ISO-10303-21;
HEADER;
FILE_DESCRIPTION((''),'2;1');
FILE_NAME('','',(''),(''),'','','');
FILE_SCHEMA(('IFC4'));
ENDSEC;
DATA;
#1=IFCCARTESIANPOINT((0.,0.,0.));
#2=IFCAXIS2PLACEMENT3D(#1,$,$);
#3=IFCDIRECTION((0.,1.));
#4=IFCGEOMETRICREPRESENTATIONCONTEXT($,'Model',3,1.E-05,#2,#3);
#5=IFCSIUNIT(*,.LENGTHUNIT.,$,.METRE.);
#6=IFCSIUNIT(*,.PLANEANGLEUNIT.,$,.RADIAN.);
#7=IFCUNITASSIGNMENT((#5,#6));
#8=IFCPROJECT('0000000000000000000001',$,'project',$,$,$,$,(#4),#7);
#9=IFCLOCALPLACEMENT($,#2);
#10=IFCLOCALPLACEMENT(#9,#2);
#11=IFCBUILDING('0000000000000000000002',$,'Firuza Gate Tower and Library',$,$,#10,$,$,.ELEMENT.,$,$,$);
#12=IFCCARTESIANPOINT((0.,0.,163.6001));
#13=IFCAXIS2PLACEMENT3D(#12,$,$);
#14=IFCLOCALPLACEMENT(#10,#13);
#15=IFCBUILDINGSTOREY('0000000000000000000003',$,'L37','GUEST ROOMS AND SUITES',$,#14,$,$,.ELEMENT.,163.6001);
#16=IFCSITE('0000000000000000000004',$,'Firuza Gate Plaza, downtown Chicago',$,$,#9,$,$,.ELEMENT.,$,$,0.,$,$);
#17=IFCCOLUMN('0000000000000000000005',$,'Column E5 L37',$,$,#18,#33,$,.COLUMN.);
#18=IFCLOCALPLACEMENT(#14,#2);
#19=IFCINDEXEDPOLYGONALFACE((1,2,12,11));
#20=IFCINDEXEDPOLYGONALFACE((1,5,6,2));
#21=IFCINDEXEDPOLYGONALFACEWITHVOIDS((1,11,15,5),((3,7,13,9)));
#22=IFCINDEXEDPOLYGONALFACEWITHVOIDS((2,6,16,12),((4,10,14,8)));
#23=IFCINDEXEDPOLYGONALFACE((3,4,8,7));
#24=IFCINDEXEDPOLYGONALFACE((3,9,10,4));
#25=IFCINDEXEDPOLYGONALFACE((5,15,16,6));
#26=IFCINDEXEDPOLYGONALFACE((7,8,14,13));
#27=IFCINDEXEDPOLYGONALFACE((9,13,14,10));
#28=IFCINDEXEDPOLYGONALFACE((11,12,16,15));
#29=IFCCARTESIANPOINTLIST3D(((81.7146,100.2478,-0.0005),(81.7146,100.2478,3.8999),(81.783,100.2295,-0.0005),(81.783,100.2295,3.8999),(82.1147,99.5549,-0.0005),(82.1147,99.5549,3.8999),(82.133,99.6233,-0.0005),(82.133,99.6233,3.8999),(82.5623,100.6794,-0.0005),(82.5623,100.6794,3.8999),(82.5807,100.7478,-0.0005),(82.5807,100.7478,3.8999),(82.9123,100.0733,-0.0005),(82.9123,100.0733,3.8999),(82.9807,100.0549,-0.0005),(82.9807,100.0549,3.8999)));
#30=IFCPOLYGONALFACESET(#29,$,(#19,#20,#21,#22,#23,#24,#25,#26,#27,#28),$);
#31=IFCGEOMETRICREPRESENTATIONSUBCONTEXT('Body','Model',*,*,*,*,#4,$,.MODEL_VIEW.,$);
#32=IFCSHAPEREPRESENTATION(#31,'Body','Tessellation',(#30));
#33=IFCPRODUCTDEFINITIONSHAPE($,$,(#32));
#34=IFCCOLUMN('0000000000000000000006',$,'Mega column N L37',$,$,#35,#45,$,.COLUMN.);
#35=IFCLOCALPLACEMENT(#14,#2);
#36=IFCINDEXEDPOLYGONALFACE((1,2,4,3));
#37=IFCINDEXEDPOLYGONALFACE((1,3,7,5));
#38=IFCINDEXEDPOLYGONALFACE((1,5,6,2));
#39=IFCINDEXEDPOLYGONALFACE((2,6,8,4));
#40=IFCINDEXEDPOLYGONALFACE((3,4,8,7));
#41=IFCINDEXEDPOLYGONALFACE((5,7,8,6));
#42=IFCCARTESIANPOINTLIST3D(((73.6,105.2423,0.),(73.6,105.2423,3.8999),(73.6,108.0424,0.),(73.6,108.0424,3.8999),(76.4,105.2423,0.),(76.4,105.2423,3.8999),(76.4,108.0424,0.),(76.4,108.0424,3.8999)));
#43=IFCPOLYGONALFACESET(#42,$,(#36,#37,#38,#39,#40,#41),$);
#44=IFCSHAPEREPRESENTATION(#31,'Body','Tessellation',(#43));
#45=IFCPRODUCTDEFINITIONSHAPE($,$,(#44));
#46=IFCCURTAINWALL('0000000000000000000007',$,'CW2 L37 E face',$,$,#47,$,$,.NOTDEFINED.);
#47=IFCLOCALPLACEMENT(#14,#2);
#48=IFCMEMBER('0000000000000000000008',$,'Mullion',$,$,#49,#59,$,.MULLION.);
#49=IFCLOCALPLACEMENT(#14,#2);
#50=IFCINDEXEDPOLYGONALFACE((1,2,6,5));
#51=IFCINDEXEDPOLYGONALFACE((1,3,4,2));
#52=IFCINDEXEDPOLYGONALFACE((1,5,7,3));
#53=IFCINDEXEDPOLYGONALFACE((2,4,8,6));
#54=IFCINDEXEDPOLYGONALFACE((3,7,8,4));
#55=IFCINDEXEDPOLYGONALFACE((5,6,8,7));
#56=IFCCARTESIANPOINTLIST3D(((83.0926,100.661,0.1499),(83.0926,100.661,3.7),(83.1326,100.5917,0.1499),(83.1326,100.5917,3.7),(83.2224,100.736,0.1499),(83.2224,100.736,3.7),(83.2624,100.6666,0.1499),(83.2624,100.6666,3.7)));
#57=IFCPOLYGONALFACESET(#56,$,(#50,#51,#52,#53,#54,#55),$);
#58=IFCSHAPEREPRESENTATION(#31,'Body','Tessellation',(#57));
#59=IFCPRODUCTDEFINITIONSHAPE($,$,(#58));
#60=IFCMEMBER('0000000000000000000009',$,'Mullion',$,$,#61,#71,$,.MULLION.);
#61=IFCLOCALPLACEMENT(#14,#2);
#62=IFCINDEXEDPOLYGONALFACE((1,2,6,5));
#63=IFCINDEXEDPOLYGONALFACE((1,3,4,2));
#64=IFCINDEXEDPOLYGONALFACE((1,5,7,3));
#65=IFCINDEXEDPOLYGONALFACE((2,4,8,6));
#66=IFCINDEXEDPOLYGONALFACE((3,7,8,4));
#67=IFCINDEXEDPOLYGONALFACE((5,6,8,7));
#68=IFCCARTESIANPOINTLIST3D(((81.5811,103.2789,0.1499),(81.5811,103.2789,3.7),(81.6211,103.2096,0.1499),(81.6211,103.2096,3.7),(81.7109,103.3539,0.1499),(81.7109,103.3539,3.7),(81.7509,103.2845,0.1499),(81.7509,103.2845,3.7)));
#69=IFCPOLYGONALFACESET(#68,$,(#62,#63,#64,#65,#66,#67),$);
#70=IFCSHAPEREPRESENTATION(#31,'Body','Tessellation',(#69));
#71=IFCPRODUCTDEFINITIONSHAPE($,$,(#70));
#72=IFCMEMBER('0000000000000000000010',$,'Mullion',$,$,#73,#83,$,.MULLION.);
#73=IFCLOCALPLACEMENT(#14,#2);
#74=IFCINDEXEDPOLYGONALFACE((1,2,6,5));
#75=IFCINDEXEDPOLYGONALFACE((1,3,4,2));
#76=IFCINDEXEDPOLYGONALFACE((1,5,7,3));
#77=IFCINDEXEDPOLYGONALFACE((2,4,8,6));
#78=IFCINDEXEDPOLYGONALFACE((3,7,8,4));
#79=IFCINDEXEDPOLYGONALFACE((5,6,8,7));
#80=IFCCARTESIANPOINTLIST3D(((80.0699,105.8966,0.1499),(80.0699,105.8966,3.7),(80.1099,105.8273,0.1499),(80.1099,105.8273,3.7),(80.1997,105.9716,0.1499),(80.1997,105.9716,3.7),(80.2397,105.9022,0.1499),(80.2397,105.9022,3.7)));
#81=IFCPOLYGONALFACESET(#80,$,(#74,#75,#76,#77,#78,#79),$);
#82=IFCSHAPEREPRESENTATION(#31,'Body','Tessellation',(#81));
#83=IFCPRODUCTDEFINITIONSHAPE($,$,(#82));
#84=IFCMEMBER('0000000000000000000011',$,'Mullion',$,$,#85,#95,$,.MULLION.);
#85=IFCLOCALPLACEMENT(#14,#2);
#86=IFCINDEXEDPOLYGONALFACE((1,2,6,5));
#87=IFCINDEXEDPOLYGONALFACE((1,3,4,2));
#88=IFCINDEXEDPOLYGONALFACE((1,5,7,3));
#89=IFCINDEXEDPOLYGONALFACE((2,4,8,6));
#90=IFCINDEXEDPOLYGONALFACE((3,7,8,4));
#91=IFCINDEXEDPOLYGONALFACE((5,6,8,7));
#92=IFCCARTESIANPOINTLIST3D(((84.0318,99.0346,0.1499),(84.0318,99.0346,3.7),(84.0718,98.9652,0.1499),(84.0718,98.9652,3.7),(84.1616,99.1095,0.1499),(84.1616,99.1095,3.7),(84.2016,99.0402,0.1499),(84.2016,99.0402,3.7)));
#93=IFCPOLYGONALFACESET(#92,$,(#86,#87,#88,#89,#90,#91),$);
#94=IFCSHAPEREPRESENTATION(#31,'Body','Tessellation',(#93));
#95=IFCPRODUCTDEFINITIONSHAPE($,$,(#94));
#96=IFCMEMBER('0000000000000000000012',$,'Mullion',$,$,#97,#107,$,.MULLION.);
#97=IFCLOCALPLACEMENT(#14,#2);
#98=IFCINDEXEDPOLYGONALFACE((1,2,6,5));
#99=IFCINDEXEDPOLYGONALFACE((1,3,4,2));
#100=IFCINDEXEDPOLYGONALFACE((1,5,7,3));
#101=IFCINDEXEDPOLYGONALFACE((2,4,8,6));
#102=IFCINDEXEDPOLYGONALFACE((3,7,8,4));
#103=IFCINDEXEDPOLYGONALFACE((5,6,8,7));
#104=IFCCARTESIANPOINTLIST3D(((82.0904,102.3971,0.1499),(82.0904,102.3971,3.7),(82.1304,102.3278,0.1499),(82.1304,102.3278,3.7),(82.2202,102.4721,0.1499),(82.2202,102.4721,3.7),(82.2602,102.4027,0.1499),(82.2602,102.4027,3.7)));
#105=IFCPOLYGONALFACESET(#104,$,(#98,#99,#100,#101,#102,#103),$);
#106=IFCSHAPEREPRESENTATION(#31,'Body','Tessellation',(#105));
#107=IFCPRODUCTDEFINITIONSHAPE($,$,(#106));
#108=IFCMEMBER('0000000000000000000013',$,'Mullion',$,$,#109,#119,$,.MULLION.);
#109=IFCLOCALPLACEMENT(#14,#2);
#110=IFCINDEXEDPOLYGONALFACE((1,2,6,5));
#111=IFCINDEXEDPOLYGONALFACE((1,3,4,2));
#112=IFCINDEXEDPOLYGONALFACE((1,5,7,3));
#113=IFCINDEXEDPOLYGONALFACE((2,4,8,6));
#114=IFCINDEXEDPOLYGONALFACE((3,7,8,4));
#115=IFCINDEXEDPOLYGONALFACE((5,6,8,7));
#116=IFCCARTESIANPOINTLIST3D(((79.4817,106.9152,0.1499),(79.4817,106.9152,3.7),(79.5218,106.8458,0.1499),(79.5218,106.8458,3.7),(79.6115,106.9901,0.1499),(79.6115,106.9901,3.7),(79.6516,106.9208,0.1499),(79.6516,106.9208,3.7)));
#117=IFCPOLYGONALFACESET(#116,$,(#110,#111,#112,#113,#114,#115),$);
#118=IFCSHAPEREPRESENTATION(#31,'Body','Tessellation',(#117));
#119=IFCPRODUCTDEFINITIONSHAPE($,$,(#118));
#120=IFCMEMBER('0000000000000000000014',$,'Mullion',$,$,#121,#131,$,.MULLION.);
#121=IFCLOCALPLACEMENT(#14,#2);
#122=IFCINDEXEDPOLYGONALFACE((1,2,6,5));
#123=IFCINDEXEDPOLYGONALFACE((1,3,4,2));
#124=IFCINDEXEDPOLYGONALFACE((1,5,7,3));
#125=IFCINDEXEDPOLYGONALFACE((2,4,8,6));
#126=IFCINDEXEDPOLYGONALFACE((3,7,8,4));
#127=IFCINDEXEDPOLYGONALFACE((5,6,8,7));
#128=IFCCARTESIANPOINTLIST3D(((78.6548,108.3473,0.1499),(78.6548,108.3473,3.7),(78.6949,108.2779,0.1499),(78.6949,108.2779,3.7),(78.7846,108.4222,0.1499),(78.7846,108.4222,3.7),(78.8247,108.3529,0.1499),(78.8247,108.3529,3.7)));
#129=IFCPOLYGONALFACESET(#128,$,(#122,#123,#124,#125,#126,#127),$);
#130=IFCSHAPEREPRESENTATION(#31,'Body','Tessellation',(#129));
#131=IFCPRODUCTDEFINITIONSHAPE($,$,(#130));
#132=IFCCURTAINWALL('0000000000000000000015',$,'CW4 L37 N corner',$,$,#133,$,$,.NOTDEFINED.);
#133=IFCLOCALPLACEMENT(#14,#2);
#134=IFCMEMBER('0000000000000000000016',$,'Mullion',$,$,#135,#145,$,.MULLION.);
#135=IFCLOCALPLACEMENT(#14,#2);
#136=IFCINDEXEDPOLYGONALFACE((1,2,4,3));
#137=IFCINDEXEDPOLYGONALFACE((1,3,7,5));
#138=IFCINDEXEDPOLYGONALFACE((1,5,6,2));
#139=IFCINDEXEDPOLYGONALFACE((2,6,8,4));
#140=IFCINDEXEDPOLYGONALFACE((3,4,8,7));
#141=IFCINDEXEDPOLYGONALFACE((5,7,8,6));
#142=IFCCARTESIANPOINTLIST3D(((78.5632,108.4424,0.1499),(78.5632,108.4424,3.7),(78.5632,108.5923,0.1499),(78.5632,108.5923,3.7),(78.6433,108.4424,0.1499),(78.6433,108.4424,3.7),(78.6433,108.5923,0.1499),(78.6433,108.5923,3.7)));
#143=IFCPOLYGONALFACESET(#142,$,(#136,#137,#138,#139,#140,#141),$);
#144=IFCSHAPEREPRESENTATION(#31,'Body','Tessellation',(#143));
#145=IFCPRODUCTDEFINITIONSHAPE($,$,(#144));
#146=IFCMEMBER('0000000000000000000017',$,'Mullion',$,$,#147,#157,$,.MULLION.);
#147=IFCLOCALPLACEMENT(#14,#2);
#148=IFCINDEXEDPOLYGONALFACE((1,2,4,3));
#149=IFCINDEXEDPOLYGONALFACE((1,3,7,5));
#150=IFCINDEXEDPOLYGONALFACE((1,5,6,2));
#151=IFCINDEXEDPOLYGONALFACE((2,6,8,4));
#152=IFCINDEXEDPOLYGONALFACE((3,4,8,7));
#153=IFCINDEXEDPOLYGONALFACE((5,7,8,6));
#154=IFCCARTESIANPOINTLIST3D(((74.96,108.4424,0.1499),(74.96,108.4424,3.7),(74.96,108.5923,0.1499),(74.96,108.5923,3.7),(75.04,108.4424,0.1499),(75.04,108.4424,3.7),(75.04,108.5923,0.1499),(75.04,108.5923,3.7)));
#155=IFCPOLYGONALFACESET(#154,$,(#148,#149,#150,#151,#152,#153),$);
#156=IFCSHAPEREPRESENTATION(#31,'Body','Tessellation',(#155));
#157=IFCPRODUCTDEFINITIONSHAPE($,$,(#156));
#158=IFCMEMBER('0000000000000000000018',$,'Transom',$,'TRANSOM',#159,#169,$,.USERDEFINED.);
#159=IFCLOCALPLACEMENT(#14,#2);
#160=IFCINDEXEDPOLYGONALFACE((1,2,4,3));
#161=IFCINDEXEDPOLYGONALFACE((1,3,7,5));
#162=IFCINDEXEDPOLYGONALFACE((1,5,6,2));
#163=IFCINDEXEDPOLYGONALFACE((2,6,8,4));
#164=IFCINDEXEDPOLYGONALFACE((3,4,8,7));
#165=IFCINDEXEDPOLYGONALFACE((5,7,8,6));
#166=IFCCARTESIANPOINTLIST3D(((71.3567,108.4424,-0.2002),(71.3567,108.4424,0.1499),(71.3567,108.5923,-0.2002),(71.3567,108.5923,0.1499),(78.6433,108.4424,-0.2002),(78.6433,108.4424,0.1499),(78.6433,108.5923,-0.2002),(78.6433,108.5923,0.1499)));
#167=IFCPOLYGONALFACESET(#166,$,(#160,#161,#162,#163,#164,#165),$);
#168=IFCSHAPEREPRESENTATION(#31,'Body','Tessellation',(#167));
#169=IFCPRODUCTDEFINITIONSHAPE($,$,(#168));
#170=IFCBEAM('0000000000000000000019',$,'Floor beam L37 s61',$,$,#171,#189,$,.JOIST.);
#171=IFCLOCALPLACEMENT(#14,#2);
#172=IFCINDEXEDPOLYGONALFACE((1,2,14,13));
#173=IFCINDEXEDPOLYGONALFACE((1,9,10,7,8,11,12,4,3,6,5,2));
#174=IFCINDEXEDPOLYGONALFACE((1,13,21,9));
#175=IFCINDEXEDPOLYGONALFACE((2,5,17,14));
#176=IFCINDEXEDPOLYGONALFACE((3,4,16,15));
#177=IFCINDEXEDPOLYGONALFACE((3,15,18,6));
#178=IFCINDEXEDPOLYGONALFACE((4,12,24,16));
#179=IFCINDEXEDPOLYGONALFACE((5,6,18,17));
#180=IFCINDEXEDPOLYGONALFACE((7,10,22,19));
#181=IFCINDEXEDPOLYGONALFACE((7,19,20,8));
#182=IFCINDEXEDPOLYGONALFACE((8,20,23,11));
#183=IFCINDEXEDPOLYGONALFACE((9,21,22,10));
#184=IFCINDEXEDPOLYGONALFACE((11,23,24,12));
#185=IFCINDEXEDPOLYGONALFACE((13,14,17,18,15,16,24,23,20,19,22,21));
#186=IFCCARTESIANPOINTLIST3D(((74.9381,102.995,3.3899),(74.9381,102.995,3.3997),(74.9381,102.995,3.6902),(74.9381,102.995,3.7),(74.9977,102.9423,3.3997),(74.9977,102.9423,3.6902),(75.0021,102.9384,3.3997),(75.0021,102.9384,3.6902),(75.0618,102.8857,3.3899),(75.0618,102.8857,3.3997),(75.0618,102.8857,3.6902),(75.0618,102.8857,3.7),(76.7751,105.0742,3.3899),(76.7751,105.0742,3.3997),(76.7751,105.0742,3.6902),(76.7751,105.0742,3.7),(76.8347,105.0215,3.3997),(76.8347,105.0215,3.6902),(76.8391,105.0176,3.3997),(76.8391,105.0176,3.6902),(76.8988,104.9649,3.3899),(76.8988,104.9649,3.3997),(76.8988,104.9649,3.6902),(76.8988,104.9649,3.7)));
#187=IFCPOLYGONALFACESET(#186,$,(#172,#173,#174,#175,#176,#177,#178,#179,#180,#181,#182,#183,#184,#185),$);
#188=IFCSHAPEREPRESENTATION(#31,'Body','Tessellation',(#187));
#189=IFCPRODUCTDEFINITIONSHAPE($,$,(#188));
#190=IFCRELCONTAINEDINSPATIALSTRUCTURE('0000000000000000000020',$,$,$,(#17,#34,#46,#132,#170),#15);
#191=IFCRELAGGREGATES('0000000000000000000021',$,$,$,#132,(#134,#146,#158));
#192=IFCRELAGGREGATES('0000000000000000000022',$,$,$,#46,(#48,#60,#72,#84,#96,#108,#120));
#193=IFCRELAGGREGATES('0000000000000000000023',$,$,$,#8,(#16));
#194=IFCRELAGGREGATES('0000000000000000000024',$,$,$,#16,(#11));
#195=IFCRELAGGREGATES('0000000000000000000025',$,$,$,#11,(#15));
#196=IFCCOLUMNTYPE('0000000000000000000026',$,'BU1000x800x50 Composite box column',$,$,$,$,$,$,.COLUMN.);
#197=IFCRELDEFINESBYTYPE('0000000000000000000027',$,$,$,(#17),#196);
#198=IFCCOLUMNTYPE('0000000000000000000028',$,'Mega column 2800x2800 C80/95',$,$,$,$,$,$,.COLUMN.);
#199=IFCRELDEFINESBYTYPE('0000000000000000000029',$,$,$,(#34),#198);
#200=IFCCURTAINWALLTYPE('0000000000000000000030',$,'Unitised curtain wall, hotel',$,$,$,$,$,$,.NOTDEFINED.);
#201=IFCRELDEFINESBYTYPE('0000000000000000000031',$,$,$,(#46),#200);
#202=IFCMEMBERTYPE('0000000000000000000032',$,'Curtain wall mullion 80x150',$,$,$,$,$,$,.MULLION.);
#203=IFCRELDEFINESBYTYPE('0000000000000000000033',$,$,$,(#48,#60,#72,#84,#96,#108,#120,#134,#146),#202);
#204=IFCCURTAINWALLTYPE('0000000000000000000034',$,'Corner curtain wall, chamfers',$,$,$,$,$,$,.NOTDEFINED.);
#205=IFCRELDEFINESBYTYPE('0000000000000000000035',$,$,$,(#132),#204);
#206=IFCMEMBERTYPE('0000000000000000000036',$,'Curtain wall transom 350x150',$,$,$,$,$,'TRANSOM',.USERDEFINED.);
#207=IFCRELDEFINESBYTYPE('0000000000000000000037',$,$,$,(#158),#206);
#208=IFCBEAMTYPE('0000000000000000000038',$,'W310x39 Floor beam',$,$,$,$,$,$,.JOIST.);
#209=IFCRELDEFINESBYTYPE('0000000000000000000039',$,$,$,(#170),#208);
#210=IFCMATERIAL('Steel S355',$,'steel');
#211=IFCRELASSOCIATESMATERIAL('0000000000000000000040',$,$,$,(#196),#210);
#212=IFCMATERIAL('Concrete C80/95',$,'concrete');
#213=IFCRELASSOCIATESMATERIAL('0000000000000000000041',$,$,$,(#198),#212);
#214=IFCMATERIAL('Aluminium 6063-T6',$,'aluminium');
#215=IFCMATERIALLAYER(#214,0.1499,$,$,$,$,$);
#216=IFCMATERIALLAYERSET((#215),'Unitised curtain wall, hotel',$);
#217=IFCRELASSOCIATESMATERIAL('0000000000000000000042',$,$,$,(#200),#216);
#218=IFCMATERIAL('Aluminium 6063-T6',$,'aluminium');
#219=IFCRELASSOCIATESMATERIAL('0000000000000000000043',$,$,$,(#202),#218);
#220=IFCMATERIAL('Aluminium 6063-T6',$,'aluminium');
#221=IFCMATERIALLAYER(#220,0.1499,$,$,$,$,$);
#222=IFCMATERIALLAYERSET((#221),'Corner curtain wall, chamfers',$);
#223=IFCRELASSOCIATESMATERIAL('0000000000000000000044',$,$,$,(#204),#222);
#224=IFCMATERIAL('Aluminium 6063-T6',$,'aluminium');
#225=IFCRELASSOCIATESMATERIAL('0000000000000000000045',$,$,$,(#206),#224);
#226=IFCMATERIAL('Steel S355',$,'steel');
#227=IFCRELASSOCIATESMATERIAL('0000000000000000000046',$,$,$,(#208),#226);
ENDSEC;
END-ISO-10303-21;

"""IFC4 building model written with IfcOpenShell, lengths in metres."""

from ifc_helpers import new_model, si_unit, direction, frame, origin, origin_2d, place, context, subcontext, project, spatial, rectangle, hollow_rectangle, i_section, extrude, material, layer, layer_set, material_profile, profile_set, type_object, element, aggregate, save


model = new_model("IFC4")

# Units and contexts
model_context = context("Model", 3, precision=1e-05, world=origin(), true_north=direction((0.0, 1.0)))
body_context = subcontext(model_context, "Body", "Model", "MODEL_VIEW")
ifc_project = project(units=[si_unit("LENGTHUNIT", "METRE"), si_unit("PLANEANGLEUNIT", "RADIAN")], contexts=[model_context])

# Site, building, storey
site_placement = place(None, origin())
site = spatial("IfcSite", under=ifc_project, at=site_placement, Name="Firuza Gate Plaza, downtown Chicago", CompositionType="ELEMENT", RefElevation=0.0)
building_placement = place(site_placement, origin())
building = spatial("IfcBuilding", under=site, at=building_placement, Name="Firuza Gate Tower and Library", CompositionType="ELEMENT")
storey_placement = place(building_placement, frame((0.0, 0.0, 163.6001)))
storey = spatial("IfcBuildingStorey", under=building, at=storey_placement, Name="L37", Description="GUEST ROOMS AND SUITES", CompositionType="ELEMENT", Elevation=163.6001)

# Columns
ifc_material_1 = material(Name="Steel S355", Category="steel")
ifc_material_profile_1 = material_profile(ifc_material_1, hollow_rectangle(XDim=0.8, YDim=1.0, WallThickness=0.05, at=origin_2d()))
ifc_profile_set_1 = profile_set([ifc_material_profile_1], Name="Steel S355")
column_type_1 = type_object("IfcColumnType", Name="BU1000x800x50 Composite box column", PredefinedType="COLUMN", material=ifc_profile_set_1)
column_1_placement = place(storey_placement, frame((82.3477, 100.1514, -0.0005), z_axis=(0.0, 0.0, 1.0), x_axis=(-0.5, 0.866025, 0.0)))
element("IfcColumn", 1, at=column_1_placement, inside=storey, type_object=column_type_1, Name="Column E5 L37", PredefinedType="COLUMN", context=body_context, shape_type="SweptSolid", body=[
    extrude(hollow_rectangle(XDim=0.8, YDim=1.0, WallThickness=0.05, at=origin_2d()), origin(), (0.0, 0.0, 1.0), 3.9004),
])
ifc_material_2 = material(Name="Concrete C80/95", Category="concrete")
ifc_material_profile_2 = material_profile(ifc_material_2, rectangle(XDim=2.8, YDim=2.8, at=origin_2d()))
ifc_profile_set_2 = profile_set([ifc_material_profile_2], Name="Concrete C80/95")
column_type_2 = type_object("IfcColumnType", Name="Mega column 2800x2800 C80/95", PredefinedType="COLUMN", material=ifc_profile_set_2)
column_2_placement = place(storey_placement, frame((75.0, 106.6423, 0.0), z_axis=(0.0, 0.0, 1.0), x_axis=(-1.0, 0.0, 0.0)))
element("IfcColumn", 2, at=column_2_placement, inside=storey, type_object=column_type_2, Name="Mega column N L37", PredefinedType="COLUMN", context=body_context, shape_type="SweptSolid", body=[
    extrude(rectangle(XDim=2.8, YDim=2.8, at=origin_2d()), origin(), (0.0, 0.0, 1.0), 3.8999),
])

# Curtain walls, members
ifc_material_3 = material(Name="Aluminium 6063-T6", Category="aluminium")
ifc_layer_1 = layer(ifc_material_3, 0.1499)
ifc_layer_set_1 = layer_set([ifc_layer_1], Name="Unitised curtain wall, hotel")
curtain_wall_type_1 = type_object("IfcCurtainWallType", Name="Unitised curtain wall, hotel", PredefinedType="NOTDEFINED", material=ifc_layer_set_1)
placement = place(storey_placement, origin())
curtain_wall_1 = element("IfcCurtainWall", 3, at=placement, inside=storey, type_object=curtain_wall_type_1, Name="CW2 L37 E face", PredefinedType="NOTDEFINED")
ifc_material_4 = material(Name="Aluminium 6063-T6", Category="aluminium")
ifc_material_profile_3 = material_profile(ifc_material_4, rectangle(XDim=0.1499, YDim=0.0801, at=origin_2d()))
ifc_profile_set_3 = profile_set([ifc_material_profile_3], Name="Aluminium 6063-T6")
member_type_1 = type_object("IfcMemberType", Name="Curtain wall mullion 80x150", PredefinedType="MULLION", material=ifc_profile_set_3)
member_1_placement = place(storey_placement, frame((83.1775, 100.6638, 0.1499), z_axis=(0.0, 0.0, 1.0), x_axis=(-0.866025, -0.5, 0.0)))
member_1 = element("IfcMember", 4, at=member_1_placement, type_object=member_type_1, Name="Mullion", PredefinedType="MULLION", context=body_context, shape_type="SweptSolid", body=[
    extrude(rectangle(XDim=0.1499, YDim=0.0801, at=origin_2d()), origin(), (0.0, 0.0, 1.0), 3.55),
])
member_2_placement = place(storey_placement, frame((81.666, 103.2817, 0.1499), z_axis=(0.0, 0.0, 1.0), x_axis=(-0.866025, -0.5, 0.0)))
member_2 = element("IfcMember", 5, at=member_2_placement, type_object=member_type_1, Name="Mullion", PredefinedType="MULLION", context=body_context, shape_type="SweptSolid", body=[
    extrude(rectangle(XDim=0.1499, YDim=0.0801, at=origin_2d()), origin(), (0.0, 0.0, 1.0), 3.55),
])
member_3_placement = place(storey_placement, frame((80.1548, 105.8994, 0.1499), z_axis=(0.0, 0.0, 1.0), x_axis=(-0.866025, -0.5, 0.0)))
member_3 = element("IfcMember", 6, at=member_3_placement, type_object=member_type_1, Name="Mullion", PredefinedType="MULLION", context=body_context, shape_type="SweptSolid", body=[
    extrude(rectangle(XDim=0.1499, YDim=0.0801, at=origin_2d()), origin(), (0.0, 0.0, 1.0), 3.55),
])
member_4_placement = place(storey_placement, frame((84.1167, 99.0374, 0.1499), z_axis=(0.0, 0.0, 1.0), x_axis=(-0.866025, -0.5, 0.0)))
member_4 = element("IfcMember", 7, at=member_4_placement, type_object=member_type_1, Name="Mullion", PredefinedType="MULLION", context=body_context, shape_type="SweptSolid", body=[
    extrude(rectangle(XDim=0.1499, YDim=0.0801, at=origin_2d()), origin(), (0.0, 0.0, 1.0), 3.55),
])
member_5_placement = place(storey_placement, frame((82.1753, 102.3999, 0.1499), z_axis=(0.0, 0.0, 1.0), x_axis=(-0.866025, -0.5, 0.0)))
member_5 = element("IfcMember", 8, at=member_5_placement, type_object=member_type_1, Name="Mullion", PredefinedType="MULLION", context=body_context, shape_type="SweptSolid", body=[
    extrude(rectangle(XDim=0.1499, YDim=0.0801, at=origin_2d()), origin(), (0.0, 0.0, 1.0), 3.55),
])
member_6_placement = place(storey_placement, frame((79.5667, 106.918, 0.1499), z_axis=(0.0, 0.0, 1.0), x_axis=(-0.866025, -0.5, 0.0)))
member_6 = element("IfcMember", 9, at=member_6_placement, type_object=member_type_1, Name="Mullion", PredefinedType="MULLION", context=body_context, shape_type="SweptSolid", body=[
    extrude(rectangle(XDim=0.1499, YDim=0.0801, at=origin_2d()), origin(), (0.0, 0.0, 1.0), 3.55),
])
member_7_placement = place(storey_placement, frame((78.7397, 108.3501, 0.1499), z_axis=(0.0, 0.0, 1.0), x_axis=(-0.866025, -0.5, 0.0)))
member_7 = element("IfcMember", 10, at=member_7_placement, type_object=member_type_1, Name="Mullion", PredefinedType="MULLION", context=body_context, shape_type="SweptSolid", body=[
    extrude(rectangle(XDim=0.1499, YDim=0.0801, at=origin_2d()), origin(), (0.0, 0.0, 1.0), 3.55),
])
ifc_material_5 = material(Name="Aluminium 6063-T6", Category="aluminium")
ifc_layer_2 = layer(ifc_material_5, 0.1499)
ifc_layer_set_2 = layer_set([ifc_layer_2], Name="Corner curtain wall, chamfers")
curtain_wall_type_2 = type_object("IfcCurtainWallType", Name="Corner curtain wall, chamfers", PredefinedType="NOTDEFINED", material=ifc_layer_set_2)
curtain_wall_2 = element("IfcCurtainWall", 11, at=placement, inside=storey, type_object=curtain_wall_type_2, Name="CW4 L37 N corner", PredefinedType="NOTDEFINED")
member_8_placement = place(storey_placement, frame((78.6033, 108.5173, 0.1499), z_axis=(0.0, 0.0, 1.0), x_axis=(0.0, -1.0, 0.0)))
member_8 = element("IfcMember", 12, at=member_8_placement, type_object=member_type_1, Name="Mullion", PredefinedType="MULLION", context=body_context, shape_type="SweptSolid", body=[
    extrude(rectangle(XDim=0.1499, YDim=0.0801, at=origin_2d()), origin(), (0.0, 0.0, 1.0), 3.55),
])
member_9_placement = place(storey_placement, frame((75.0, 108.5173, 0.1499), z_axis=(0.0, 0.0, 1.0), x_axis=(0.0, -1.0, 0.0)))
member_9 = element("IfcMember", 13, at=member_9_placement, type_object=member_type_1, Name="Mullion", PredefinedType="MULLION", context=body_context, shape_type="SweptSolid", body=[
    extrude(rectangle(XDim=0.1499, YDim=0.0801, at=origin_2d()), origin(), (0.0, 0.0, 1.0), 3.55),
])
ifc_material_6 = material(Name="Aluminium 6063-T6", Category="aluminium")
ifc_material_profile_4 = material_profile(ifc_material_6, rectangle(XDim=0.1499, YDim=0.3501, at=origin_2d()))
ifc_profile_set_4 = profile_set([ifc_material_profile_4], Name="Aluminium 6063-T6")
member_type_2 = type_object("IfcMemberType", Name="Curtain wall transom 350x150", ElementType="TRANSOM", PredefinedType="USERDEFINED", material=ifc_profile_set_4)
member_10_placement = place(storey_placement, frame((78.6433, 108.5173, -0.0251), z_axis=(-1.0, 0.0, 0.0), x_axis=(0.0, -1.0, 0.0)))
member_10 = element("IfcMember", 14, at=member_10_placement, type_object=member_type_2, Name="Transom", ObjectType="TRANSOM", PredefinedType="USERDEFINED", context=body_context, shape_type="SweptSolid", body=[
    extrude(rectangle(XDim=0.1499, YDim=0.3501, at=origin_2d()), origin(), (0.0, 0.0, 1.0), 7.2866),
])

# Beam
ifc_material_7 = material(Name="Steel S355", Category="steel")
ifc_material_profile_5 = material_profile(ifc_material_7, i_section(OverallWidth=0.165, OverallDepth=0.3101, WebThickness=0.0059, FlangeThickness=0.0098, at=origin_2d()))
ifc_profile_set_5 = profile_set([ifc_material_profile_5], Name="Steel S355")
beam_type_1 = type_object("IfcBeamType", Name="W310x39 Floor beam", PredefinedType="JOIST", material=ifc_profile_set_5)
beam_1_placement = place(storey_placement, frame((76.8369, 105.0195, 3.5449), z_axis=(-0.66211, -0.749406, 0.0), x_axis=(0.749406, -0.66211, 0.0)))
element("IfcBeam", 15, at=beam_1_placement, inside=storey, type_object=beam_type_1, Name="Floor beam L37 s61", PredefinedType="JOIST", context=body_context, shape_type="SweptSolid", body=[
    extrude(i_section(OverallWidth=0.165, OverallDepth=0.3101, WebThickness=0.0059, FlangeThickness=0.0098, at=origin_2d()), origin(), (0.0, 0.0, 1.0), 2.7744),
])

aggregate(curtain_wall_2, [member_8, member_9, member_10])
aggregate(curtain_wall_1, [member_1, member_2, member_3, member_4, member_5, member_6, member_7])

save(model, "model.ifc")
